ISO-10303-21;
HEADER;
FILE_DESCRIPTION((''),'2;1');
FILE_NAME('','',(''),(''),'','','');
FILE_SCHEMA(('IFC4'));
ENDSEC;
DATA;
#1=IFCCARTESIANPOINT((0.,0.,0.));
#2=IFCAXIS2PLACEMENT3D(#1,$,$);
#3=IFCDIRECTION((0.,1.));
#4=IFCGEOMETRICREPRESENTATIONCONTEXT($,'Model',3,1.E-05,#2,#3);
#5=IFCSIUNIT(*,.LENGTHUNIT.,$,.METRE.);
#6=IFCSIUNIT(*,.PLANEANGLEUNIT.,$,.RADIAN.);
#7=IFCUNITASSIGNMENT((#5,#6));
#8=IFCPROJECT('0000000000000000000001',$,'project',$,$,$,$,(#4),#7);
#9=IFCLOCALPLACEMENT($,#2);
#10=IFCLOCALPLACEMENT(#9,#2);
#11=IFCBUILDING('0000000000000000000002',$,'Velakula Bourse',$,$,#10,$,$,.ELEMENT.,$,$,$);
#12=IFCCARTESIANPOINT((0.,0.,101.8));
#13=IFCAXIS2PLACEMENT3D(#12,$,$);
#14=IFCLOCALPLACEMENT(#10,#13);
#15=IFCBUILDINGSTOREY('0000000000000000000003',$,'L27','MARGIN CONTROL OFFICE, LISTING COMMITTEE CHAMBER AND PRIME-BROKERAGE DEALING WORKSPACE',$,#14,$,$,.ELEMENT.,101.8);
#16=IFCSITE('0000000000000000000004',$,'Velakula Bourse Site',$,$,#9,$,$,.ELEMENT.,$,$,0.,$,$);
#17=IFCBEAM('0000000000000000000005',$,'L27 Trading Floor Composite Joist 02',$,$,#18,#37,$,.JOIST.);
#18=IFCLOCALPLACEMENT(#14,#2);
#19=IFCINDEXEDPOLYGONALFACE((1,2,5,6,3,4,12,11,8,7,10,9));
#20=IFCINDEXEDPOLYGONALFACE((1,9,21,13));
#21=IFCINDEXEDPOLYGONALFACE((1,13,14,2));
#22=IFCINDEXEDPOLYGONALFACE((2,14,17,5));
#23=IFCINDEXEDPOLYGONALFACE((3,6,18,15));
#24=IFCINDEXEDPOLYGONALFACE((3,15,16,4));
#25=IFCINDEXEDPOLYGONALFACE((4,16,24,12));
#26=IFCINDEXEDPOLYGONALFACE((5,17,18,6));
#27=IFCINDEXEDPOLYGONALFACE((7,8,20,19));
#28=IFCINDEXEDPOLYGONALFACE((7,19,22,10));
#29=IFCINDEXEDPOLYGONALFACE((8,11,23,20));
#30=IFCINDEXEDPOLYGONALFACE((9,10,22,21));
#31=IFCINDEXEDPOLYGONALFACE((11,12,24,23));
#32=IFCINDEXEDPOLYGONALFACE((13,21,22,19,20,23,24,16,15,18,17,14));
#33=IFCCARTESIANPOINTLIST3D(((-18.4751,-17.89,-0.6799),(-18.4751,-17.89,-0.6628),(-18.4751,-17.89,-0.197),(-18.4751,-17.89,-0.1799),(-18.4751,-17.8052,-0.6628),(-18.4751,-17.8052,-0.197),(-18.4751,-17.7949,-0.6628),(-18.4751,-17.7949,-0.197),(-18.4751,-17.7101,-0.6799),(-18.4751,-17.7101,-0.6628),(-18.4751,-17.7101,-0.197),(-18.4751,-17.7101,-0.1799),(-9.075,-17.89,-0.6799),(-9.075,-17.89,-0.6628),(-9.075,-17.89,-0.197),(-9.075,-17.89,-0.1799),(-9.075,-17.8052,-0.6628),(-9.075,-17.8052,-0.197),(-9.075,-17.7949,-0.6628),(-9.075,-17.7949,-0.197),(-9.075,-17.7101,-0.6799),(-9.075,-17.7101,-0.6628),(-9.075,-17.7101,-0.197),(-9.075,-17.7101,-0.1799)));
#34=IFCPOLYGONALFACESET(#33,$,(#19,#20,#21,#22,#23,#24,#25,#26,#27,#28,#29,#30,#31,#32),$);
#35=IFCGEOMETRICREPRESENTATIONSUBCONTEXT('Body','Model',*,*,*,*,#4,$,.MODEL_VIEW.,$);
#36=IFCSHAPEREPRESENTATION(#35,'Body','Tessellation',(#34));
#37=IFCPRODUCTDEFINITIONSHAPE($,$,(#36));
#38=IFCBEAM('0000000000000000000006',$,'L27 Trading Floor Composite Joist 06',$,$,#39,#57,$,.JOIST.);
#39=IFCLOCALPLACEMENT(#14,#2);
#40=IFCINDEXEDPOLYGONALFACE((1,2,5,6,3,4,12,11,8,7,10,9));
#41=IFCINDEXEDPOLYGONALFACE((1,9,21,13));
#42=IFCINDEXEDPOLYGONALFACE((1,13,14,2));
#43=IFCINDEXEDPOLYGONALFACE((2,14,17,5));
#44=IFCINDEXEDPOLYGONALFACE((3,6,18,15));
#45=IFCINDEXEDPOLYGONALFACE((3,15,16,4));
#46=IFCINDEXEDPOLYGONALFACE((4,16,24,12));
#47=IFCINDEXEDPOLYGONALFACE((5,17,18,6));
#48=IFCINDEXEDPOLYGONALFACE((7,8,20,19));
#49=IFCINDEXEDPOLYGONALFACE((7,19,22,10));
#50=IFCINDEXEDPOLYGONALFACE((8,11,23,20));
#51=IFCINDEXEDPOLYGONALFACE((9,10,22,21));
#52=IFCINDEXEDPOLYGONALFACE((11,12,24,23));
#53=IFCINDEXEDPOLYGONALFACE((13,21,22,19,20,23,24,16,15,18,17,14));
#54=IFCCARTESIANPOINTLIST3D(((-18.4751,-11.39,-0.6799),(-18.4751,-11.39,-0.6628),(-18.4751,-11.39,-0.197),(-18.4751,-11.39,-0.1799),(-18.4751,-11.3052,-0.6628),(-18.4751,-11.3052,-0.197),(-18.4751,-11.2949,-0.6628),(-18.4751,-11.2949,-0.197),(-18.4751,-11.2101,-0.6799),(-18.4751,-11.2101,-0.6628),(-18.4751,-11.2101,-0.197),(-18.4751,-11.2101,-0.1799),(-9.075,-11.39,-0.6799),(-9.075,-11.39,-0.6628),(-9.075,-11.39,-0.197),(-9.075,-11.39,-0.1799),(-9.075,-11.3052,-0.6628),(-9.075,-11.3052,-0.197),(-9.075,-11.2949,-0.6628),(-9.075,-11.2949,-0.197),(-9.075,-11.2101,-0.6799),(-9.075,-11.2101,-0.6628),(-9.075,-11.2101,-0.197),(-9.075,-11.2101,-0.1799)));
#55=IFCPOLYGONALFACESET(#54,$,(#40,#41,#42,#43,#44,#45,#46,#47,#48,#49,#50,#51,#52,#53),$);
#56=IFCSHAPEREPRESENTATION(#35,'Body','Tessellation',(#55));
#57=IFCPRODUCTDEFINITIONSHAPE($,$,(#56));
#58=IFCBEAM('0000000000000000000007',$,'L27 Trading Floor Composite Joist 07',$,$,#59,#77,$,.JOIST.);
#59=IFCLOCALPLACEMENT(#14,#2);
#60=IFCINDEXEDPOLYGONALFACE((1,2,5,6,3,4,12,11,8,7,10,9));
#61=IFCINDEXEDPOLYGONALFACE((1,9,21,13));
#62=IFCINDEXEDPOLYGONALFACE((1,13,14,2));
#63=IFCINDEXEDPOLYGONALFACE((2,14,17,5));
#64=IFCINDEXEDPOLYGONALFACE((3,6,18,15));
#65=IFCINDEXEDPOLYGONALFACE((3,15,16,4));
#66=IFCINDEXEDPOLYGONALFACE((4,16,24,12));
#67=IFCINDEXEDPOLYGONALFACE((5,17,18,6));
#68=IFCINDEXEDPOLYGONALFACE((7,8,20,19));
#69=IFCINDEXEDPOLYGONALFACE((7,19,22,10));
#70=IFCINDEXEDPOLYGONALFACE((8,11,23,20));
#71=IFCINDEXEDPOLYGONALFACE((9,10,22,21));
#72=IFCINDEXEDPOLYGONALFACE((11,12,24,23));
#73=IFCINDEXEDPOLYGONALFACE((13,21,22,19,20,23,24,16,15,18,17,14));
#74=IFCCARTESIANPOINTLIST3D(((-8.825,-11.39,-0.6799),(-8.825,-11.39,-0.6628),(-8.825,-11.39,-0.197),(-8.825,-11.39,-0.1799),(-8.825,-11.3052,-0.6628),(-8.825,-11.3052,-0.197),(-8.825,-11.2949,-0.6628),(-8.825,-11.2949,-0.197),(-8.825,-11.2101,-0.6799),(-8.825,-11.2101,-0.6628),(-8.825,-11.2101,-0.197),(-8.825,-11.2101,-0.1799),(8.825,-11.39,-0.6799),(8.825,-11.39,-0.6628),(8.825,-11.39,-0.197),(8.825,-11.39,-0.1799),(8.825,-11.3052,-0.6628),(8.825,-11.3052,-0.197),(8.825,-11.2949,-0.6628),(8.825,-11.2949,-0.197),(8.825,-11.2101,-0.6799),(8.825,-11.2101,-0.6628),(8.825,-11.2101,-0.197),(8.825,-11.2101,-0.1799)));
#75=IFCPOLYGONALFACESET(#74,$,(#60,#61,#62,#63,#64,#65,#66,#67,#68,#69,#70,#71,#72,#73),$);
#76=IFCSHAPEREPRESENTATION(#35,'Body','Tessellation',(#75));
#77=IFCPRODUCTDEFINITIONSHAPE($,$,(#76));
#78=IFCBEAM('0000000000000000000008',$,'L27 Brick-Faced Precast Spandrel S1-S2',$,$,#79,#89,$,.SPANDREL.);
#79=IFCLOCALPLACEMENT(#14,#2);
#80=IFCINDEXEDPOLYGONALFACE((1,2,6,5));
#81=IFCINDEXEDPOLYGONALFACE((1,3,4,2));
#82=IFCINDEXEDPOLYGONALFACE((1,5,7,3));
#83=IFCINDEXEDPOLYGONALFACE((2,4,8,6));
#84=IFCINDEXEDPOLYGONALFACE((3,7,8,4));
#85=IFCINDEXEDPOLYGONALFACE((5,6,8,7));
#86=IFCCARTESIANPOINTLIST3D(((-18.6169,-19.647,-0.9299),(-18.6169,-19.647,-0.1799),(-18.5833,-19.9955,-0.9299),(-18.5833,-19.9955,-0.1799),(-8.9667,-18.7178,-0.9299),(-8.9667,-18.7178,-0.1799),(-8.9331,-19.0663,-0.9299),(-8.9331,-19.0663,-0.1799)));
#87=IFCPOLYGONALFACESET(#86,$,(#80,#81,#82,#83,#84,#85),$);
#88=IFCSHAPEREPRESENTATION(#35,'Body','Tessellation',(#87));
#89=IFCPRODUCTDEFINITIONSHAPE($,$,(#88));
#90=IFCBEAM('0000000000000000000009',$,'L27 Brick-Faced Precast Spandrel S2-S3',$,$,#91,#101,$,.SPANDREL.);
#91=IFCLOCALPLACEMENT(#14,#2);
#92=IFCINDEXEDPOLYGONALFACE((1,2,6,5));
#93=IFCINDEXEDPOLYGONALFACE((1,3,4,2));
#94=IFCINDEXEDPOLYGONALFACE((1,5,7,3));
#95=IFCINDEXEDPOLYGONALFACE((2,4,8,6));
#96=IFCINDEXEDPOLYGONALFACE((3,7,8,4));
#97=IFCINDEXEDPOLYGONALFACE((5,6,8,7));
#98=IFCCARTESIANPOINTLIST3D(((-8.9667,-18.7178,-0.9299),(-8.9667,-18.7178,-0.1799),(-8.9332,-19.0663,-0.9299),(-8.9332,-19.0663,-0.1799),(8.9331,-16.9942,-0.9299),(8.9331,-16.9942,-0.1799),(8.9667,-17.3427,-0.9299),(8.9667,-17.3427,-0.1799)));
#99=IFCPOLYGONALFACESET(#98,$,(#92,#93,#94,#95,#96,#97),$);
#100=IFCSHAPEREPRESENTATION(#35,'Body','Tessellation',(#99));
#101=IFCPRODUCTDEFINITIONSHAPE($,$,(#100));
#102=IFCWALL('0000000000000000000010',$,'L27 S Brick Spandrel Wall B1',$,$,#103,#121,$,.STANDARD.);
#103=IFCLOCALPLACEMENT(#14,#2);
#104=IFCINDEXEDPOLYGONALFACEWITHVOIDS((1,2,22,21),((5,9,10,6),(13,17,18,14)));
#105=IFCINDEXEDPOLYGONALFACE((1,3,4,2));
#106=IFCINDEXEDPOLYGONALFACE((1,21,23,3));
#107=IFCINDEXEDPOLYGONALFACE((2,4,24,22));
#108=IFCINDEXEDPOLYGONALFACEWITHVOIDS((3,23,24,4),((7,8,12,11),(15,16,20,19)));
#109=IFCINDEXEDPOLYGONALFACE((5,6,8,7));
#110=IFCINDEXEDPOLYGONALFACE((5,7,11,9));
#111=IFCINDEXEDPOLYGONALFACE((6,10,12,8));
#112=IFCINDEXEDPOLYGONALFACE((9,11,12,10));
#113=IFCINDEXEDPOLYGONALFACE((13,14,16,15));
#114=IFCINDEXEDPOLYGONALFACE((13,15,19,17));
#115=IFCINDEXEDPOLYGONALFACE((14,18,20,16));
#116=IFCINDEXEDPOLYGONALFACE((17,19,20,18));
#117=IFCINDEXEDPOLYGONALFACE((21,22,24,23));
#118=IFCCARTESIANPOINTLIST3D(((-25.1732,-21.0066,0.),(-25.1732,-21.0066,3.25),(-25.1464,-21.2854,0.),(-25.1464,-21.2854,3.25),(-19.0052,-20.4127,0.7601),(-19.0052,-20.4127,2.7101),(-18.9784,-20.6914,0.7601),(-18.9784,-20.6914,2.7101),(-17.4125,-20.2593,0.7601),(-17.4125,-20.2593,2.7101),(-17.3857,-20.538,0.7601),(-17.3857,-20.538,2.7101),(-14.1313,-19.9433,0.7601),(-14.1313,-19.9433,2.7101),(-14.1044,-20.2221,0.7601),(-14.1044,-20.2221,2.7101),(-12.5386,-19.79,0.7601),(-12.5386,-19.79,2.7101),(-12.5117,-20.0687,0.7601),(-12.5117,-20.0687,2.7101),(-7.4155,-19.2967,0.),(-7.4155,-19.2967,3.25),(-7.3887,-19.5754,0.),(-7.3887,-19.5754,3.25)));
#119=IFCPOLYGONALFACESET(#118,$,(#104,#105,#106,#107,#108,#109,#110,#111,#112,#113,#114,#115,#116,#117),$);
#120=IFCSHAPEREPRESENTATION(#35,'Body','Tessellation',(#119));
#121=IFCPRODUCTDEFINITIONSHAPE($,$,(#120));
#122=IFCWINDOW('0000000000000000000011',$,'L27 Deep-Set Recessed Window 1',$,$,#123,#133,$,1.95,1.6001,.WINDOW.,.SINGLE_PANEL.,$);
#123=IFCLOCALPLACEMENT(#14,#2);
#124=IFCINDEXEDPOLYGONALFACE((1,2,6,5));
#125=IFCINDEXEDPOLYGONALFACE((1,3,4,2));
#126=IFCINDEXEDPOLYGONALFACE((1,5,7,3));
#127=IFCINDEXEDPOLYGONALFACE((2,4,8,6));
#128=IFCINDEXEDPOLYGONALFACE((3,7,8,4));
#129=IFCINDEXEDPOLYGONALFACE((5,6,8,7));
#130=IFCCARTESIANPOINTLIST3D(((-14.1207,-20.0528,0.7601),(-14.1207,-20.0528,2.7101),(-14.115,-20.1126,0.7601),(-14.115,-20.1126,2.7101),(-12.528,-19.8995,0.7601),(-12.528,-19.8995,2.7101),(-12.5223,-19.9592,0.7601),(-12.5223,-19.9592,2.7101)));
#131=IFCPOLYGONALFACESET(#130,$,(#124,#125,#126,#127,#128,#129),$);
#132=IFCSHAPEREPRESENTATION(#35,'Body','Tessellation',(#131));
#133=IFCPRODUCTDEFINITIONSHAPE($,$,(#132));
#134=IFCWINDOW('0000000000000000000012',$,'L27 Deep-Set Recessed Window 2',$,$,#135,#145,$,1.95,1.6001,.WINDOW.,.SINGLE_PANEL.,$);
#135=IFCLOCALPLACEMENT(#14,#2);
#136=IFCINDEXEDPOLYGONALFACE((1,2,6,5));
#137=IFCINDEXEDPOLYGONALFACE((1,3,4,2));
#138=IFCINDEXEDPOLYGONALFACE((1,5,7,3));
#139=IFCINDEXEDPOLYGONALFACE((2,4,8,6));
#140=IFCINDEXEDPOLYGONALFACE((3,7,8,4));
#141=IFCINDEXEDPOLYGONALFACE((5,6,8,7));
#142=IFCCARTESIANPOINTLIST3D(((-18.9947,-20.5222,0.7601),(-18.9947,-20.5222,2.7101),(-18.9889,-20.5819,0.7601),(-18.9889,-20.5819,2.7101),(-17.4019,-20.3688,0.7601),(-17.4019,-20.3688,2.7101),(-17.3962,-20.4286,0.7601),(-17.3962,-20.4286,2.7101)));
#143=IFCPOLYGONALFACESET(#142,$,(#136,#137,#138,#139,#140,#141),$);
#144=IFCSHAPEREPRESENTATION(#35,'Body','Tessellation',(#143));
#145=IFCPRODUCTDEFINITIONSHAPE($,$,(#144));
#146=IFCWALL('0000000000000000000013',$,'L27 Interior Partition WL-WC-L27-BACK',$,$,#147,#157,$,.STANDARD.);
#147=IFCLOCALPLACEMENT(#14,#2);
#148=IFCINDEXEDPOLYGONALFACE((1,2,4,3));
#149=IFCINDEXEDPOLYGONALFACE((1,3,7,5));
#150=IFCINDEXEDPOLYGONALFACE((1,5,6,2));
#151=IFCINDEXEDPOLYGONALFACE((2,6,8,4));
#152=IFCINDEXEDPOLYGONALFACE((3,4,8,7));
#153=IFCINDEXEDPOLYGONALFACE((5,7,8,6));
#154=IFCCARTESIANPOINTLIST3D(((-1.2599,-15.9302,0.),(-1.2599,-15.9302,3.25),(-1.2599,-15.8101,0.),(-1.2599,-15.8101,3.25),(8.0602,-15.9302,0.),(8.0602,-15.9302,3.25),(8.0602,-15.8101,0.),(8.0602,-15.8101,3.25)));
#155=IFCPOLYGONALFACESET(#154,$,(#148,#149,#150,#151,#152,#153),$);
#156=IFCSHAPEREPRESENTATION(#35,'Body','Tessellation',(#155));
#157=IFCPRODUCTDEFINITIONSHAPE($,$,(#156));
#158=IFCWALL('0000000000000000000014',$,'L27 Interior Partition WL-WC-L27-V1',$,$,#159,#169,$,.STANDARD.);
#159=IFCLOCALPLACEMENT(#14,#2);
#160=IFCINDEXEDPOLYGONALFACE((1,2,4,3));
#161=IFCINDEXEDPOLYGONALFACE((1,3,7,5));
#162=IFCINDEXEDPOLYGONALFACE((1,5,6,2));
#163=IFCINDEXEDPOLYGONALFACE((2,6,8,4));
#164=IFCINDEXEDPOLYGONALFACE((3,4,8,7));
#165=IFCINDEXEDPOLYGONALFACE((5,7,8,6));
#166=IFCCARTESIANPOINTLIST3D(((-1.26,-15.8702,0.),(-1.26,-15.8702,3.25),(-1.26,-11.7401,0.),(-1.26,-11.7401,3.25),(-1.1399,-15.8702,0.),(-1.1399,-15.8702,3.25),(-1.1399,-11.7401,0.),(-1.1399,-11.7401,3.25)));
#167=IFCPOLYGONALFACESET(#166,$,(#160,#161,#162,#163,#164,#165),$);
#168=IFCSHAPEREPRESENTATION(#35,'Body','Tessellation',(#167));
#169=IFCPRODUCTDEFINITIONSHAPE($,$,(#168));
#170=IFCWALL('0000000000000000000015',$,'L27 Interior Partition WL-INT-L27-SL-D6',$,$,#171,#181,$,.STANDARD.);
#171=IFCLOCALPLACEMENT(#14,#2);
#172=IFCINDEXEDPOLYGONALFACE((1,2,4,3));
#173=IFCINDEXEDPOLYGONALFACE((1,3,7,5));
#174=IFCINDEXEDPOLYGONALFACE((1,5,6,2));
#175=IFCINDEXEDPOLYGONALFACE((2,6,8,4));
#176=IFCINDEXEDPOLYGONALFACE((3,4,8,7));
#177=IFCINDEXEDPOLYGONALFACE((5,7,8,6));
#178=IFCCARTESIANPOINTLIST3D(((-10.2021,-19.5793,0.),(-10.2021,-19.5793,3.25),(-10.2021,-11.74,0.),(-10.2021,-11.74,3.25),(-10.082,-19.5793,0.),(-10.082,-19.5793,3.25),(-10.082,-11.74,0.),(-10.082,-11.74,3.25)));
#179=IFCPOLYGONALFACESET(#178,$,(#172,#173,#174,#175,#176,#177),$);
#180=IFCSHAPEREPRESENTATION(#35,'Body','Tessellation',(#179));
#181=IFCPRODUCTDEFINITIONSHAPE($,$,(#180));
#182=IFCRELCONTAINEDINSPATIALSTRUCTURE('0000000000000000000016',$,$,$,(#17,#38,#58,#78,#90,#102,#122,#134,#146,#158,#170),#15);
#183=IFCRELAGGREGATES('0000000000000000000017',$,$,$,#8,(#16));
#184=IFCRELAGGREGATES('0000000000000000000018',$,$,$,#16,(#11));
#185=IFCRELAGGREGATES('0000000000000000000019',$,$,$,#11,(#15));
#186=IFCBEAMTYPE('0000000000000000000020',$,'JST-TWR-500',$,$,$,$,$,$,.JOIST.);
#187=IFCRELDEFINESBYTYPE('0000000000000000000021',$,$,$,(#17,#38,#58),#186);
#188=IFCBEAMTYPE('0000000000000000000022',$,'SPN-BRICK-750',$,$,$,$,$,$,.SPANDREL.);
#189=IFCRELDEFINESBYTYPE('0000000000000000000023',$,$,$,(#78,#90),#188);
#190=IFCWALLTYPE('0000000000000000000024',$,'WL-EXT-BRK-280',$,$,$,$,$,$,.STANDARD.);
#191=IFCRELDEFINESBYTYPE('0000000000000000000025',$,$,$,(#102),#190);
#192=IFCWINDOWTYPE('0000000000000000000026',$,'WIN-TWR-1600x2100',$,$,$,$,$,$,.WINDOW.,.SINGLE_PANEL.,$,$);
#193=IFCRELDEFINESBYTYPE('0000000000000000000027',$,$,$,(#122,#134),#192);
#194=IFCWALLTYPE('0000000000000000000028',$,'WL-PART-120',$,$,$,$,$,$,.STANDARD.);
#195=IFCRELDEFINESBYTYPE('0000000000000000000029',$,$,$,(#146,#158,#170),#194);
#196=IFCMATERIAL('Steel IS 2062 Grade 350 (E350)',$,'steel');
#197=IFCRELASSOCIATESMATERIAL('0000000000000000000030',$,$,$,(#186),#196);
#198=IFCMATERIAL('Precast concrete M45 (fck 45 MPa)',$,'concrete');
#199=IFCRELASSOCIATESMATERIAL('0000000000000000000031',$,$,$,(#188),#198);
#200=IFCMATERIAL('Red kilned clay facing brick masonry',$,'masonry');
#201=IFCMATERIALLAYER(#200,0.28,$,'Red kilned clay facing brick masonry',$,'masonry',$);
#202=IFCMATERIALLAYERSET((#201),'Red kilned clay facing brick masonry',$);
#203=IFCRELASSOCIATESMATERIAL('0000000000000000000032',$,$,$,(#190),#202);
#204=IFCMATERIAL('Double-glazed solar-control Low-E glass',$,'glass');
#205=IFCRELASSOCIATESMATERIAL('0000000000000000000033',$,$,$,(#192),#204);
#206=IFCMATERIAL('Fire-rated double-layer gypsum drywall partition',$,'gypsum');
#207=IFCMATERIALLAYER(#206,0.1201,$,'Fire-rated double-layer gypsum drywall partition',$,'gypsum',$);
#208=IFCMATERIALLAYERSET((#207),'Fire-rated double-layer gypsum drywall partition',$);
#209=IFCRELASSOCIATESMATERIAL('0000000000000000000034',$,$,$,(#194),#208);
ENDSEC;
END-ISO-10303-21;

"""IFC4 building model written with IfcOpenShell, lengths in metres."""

from ifc_helpers import new_model, si_unit, direction, frame, frame_2d, origin, origin_2d, place, context, subcontext, project, spatial, rectangle, i_section, extrude, material, layer, layer_set, material_profile, profile_set, type_object, element, fill, save


model = new_model("IFC4")

# Units and contexts
model_context = context("Model", 3, precision=1e-05, world=origin(), true_north=direction((0.0, 1.0)))
body_context = subcontext(model_context, "Body", "Model", "MODEL_VIEW")
ifc_project = project(units=[si_unit("LENGTHUNIT", "METRE"), si_unit("PLANEANGLEUNIT", "RADIAN")], contexts=[model_context])

# Site, building, storey
site_placement = place(None, origin())
site = spatial("IfcSite", under=ifc_project, at=site_placement, Name="Velakula Bourse Site", CompositionType="ELEMENT", RefElevation=0.0)
building_placement = place(site_placement, origin())
building = spatial("IfcBuilding", under=site, at=building_placement, Name="Velakula Bourse", CompositionType="ELEMENT")
storey_placement = place(building_placement, frame((0.0, 0.0, 101.8)))
storey = spatial("IfcBuildingStorey", under=building, at=storey_placement, Name="L27", Description="MARGIN CONTROL OFFICE, LISTING COMMITTEE CHAMBER AND PRIME-BROKERAGE DEALING WORKSPACE", CompositionType="ELEMENT", Elevation=101.8)

# Beams
ifc_material_1 = material(Name="Steel IS 2062 Grade 350 (E350)", Category="steel")
ifc_material_profile_1 = material_profile(ifc_material_1, i_section(OverallWidth=0.1799, OverallDepth=0.5, WebThickness=0.0103, FlangeThickness=0.0171, at=origin_2d()), Name="Steel IS 2062 Grade 350 (E350)")
ifc_profile_set_1 = profile_set([ifc_material_profile_1], Name="Steel IS 2062 Grade 350 (E350)")
beam_type_1 = type_object("IfcBeamType", Name="JST-TWR-500", PredefinedType="JOIST", material=ifc_profile_set_1)
for number, where, z_axis, x_axis, name in (
    (1, (-18.4751, -17.8, -0.4299), (1.0, 0.0, 0.0), (0.0, 1.0, 0.0), "L27 Trading Floor Composite Joist 02"),
    (2, (-18.4751, -11.3, -0.4299), (1.0, 0.0, 0.0), (0.0, 1.0, 0.0), "L27 Trading Floor Composite Joist 06"),
):
    element("IfcBeam", number, at=place(storey_placement, frame(where, z_axis=z_axis, x_axis=x_axis)), inside=storey, type_object=beam_type_1, Name=name, PredefinedType="JOIST", context=body_context, shape_type="SweptSolid", body=[
        extrude(i_section(OverallWidth=0.1799, OverallDepth=0.5, WebThickness=0.0103, FlangeThickness=0.0171, at=origin_2d()), origin(), (0.0, 0.0, 1.0), 9.4001),
    ])
beam_1_placement = place(storey_placement, frame((-8.825, -11.3, -0.4299), z_axis=(1.0, 0.0, 0.0), x_axis=(0.0, 1.0, 0.0)))
element("IfcBeam", 3, at=beam_1_placement, inside=storey, type_object=beam_type_1, Name="L27 Trading Floor Composite Joist 07", PredefinedType="JOIST", context=body_context, shape_type="SweptSolid", body=[
    extrude(i_section(OverallWidth=0.1799, OverallDepth=0.5, WebThickness=0.0103, FlangeThickness=0.0171, at=origin_2d()), origin(), (0.0, 0.0, 1.0), 17.6499),
])
ifc_material_2 = material(Name="Precast concrete M45 (fck 45 MPa)", Category="concrete")
ifc_material_profile_2 = material_profile(ifc_material_2, rectangle(XDim=0.3501, YDim=0.75, at=origin_2d()), Name="Precast concrete M45 (fck 45 MPa)")
ifc_profile_set_2 = profile_set([ifc_material_profile_2], Name="Precast concrete M45 (fck 45 MPa)")
beam_type_2 = type_object("IfcBeamType", Name="SPN-BRICK-750", PredefinedType="SPANDREL", material=ifc_profile_set_2)
beam_2_placement = place(storey_placement, frame((-18.6001, -19.8213, -0.5549), z_axis=(0.995396, 0.095845, 0.0), x_axis=(-0.095845, 0.995396, 0.0)))
element("IfcBeam", 4, at=beam_2_placement, inside=storey, type_object=beam_type_2, Name="L27 Brick-Faced Precast Spandrel S1-S2", PredefinedType="SPANDREL", context=body_context, shape_type="SweptSolid", body=[
    extrude(rectangle(XDim=0.3501, YDim=0.75, at=origin_2d()), origin(), (0.0, 0.0, 1.0), 9.6948),
])
beam_3_placement = place(storey_placement, frame((-8.95, -18.8921, -0.5549), z_axis=(0.995396, 0.09585, 0.0), x_axis=(-0.09585, 0.995396, 0.0)))
element("IfcBeam", 5, at=beam_3_placement, inside=storey, type_object=beam_type_2, Name="L27 Brick-Faced Precast Spandrel S2-S3", PredefinedType="SPANDREL", context=body_context, shape_type="SweptSolid", body=[
    extrude(rectangle(XDim=0.3501, YDim=0.75, at=origin_2d()), origin(), (0.0, 0.0, 1.0), 17.9827),
])

# Wall, openings, windows
ifc_material_3 = material(Name="Red kilned clay facing brick masonry", Category="masonry")
ifc_layer_1 = layer(ifc_material_3, 0.28, Name="Red kilned clay facing brick masonry", Category="masonry")
ifc_layer_set_1 = layer_set([ifc_layer_1], Name="Red kilned clay facing brick masonry")
wall_type_1 = type_object("IfcWallType", Name="WL-EXT-BRK-280", PredefinedType="STANDARD", material=ifc_layer_set_1)
wall_1_placement = place(storey_placement, frame((-7.4021, -19.436, 0.0), z_axis=(0.0, 0.0, 1.0), x_axis=(-0.995396, -0.09585, 0.0)))
wall_1 = element("IfcWall", 6, at=wall_1_placement, inside=storey, type_object=wall_type_1, Name="L27 S Brick Spandrel Wall B1", PredefinedType="STANDARD", context=body_context, shape_type="SweptSolid", body=[
    extrude(rectangle(XDim=17.8398, YDim=0.28, at=frame_2d((8.9199, 0.0))), origin(), (0.0, 0.0, 1.0), 3.25),
])
opening_1_placement = place(wall_1_placement, frame((5.1467, 0.0, 0.76)))
opening_1 = element("IfcOpeningElement", 7, at=opening_1_placement, cuts=wall_1, PredefinedType="OPENING", context=body_context, shape_type="SweptSolid", body=[
    extrude(rectangle(XDim=1.6001, YDim=1.95, at=frame_2d((0.8, 0.9751))), frame((0.0, 0.1499, 0.0), z_axis=(0.0, -1.0, 0.0), x_axis=(1.0, 0.0, 0.0)), (0.0, 0.0, 1.0), 0.3),
])
opening_2_placement = place(wall_1_placement, frame((10.0432, 0.0, 0.76)))
opening_2 = element("IfcOpeningElement", 8, at=opening_2_placement, cuts=wall_1, PredefinedType="OPENING", context=body_context, shape_type="SweptSolid", body=[
    extrude(rectangle(XDim=1.6001, YDim=1.95, at=frame_2d((0.8, 0.9751))), frame((0.0, 0.1499, 0.0), z_axis=(0.0, -1.0, 0.0), x_axis=(1.0, 0.0, 0.0)), (0.0, 0.0, 1.0), 0.3),
])
ifc_material_4 = material(Name="Double-glazed solar-control Low-E glass", Category="glass")
window_type = type_object("IfcWindowType", Name="WIN-TWR-1600x2100", PartitioningType="SINGLE_PANEL", PredefinedType="WINDOW", material=ifc_material_4)
window_1_placement = place(opening_1_placement, origin())
window_1 = element("IfcWindow", 9, at=window_1_placement, inside=storey, type_object=window_type, Name="L27 Deep-Set Recessed Window 1", OverallHeight=1.95, OverallWidth=1.6001, PartitioningType="SINGLE_PANEL", PredefinedType="WINDOW", context=body_context, shape_type="SweptSolid", body=[
    extrude(rectangle(XDim=1.6001, YDim=1.95, at=frame_2d((0.8, 0.9751))), frame((0.0, 0.03, 0.0), z_axis=(0.0, -1.0, 0.0), x_axis=(1.0, 0.0, 0.0)), (0.0, 0.0, 1.0), 0.0601),
])
fill(opening_1, window_1)
window_2_placement = place(opening_2_placement, origin())
window_2 = element("IfcWindow", 10, at=window_2_placement, inside=storey, type_object=window_type, Name="L27 Deep-Set Recessed Window 2", OverallHeight=1.95, OverallWidth=1.6001, PartitioningType="SINGLE_PANEL", PredefinedType="WINDOW", context=body_context, shape_type="SweptSolid", body=[
    extrude(rectangle(XDim=1.6001, YDim=1.95, at=frame_2d((0.8, 0.9751))), frame((0.0, 0.03, 0.0), z_axis=(0.0, -1.0, 0.0), x_axis=(1.0, 0.0, 0.0)), (0.0, 0.0, 1.0), 0.0601),
])
fill(opening_2, window_2)

# Walls
ifc_material_5 = material(Name="Fire-rated double-layer gypsum drywall partition", Category="gypsum")
ifc_layer_2 = layer(ifc_material_5, 0.1201, Name="Fire-rated double-layer gypsum drywall partition", Category="gypsum")
ifc_layer_set_2 = layer_set([ifc_layer_2], Name="Fire-rated double-layer gypsum drywall partition")
wall_type_2 = type_object("IfcWallType", Name="WL-PART-120", PredefinedType="STANDARD", material=ifc_layer_set_2)
wall_2_placement = place(storey_placement, frame((-1.26, -15.8701, 0.0), z_axis=(0.0, 0.0, 1.0), x_axis=(1.0, 0.0, 0.0)))
element("IfcWall", 11, at=wall_2_placement, inside=storey, type_object=wall_type_2, Name="L27 Interior Partition WL-WC-L27-BACK", PredefinedType="STANDARD", context=body_context, shape_type="SweptSolid", body=[
    extrude(rectangle(XDim=9.3201, YDim=0.1201, at=frame_2d((4.6602, 0.0))), origin(), (0.0, 0.0, 1.0), 3.25),
])
wall_3_placement = place(storey_placement, frame((-1.2, -15.8701, 0.0), z_axis=(0.0, 0.0, 1.0), x_axis=(0.0, 1.0, 0.0)))
element("IfcWall", 12, at=wall_3_placement, inside=storey, type_object=wall_type_2, Name="L27 Interior Partition WL-WC-L27-V1", PredefinedType="STANDARD", context=body_context, shape_type="SweptSolid", body=[
    extrude(rectangle(XDim=4.1301, YDim=0.1201, at=frame_2d((2.0649, 0.0))), origin(), (0.0, 0.0, 1.0), 3.25),
])
wall_4_placement = place(storey_placement, frame((-10.1421, -19.5793, 0.0), z_axis=(0.0, 0.0, 1.0), x_axis=(0.0, 1.0, 0.0)))
element("IfcWall", 13, at=wall_4_placement, inside=storey, type_object=wall_type_2, Name="L27 Interior Partition WL-INT-L27-SL-D6", PredefinedType="STANDARD", context=body_context, shape_type="SweptSolid", body=[
    extrude(rectangle(XDim=7.8394, YDim=0.1201, at=frame_2d((3.9197, 0.0))), origin(), (0.0, 0.0, 1.0), 3.25),
])

save(model, "model.ifc")
